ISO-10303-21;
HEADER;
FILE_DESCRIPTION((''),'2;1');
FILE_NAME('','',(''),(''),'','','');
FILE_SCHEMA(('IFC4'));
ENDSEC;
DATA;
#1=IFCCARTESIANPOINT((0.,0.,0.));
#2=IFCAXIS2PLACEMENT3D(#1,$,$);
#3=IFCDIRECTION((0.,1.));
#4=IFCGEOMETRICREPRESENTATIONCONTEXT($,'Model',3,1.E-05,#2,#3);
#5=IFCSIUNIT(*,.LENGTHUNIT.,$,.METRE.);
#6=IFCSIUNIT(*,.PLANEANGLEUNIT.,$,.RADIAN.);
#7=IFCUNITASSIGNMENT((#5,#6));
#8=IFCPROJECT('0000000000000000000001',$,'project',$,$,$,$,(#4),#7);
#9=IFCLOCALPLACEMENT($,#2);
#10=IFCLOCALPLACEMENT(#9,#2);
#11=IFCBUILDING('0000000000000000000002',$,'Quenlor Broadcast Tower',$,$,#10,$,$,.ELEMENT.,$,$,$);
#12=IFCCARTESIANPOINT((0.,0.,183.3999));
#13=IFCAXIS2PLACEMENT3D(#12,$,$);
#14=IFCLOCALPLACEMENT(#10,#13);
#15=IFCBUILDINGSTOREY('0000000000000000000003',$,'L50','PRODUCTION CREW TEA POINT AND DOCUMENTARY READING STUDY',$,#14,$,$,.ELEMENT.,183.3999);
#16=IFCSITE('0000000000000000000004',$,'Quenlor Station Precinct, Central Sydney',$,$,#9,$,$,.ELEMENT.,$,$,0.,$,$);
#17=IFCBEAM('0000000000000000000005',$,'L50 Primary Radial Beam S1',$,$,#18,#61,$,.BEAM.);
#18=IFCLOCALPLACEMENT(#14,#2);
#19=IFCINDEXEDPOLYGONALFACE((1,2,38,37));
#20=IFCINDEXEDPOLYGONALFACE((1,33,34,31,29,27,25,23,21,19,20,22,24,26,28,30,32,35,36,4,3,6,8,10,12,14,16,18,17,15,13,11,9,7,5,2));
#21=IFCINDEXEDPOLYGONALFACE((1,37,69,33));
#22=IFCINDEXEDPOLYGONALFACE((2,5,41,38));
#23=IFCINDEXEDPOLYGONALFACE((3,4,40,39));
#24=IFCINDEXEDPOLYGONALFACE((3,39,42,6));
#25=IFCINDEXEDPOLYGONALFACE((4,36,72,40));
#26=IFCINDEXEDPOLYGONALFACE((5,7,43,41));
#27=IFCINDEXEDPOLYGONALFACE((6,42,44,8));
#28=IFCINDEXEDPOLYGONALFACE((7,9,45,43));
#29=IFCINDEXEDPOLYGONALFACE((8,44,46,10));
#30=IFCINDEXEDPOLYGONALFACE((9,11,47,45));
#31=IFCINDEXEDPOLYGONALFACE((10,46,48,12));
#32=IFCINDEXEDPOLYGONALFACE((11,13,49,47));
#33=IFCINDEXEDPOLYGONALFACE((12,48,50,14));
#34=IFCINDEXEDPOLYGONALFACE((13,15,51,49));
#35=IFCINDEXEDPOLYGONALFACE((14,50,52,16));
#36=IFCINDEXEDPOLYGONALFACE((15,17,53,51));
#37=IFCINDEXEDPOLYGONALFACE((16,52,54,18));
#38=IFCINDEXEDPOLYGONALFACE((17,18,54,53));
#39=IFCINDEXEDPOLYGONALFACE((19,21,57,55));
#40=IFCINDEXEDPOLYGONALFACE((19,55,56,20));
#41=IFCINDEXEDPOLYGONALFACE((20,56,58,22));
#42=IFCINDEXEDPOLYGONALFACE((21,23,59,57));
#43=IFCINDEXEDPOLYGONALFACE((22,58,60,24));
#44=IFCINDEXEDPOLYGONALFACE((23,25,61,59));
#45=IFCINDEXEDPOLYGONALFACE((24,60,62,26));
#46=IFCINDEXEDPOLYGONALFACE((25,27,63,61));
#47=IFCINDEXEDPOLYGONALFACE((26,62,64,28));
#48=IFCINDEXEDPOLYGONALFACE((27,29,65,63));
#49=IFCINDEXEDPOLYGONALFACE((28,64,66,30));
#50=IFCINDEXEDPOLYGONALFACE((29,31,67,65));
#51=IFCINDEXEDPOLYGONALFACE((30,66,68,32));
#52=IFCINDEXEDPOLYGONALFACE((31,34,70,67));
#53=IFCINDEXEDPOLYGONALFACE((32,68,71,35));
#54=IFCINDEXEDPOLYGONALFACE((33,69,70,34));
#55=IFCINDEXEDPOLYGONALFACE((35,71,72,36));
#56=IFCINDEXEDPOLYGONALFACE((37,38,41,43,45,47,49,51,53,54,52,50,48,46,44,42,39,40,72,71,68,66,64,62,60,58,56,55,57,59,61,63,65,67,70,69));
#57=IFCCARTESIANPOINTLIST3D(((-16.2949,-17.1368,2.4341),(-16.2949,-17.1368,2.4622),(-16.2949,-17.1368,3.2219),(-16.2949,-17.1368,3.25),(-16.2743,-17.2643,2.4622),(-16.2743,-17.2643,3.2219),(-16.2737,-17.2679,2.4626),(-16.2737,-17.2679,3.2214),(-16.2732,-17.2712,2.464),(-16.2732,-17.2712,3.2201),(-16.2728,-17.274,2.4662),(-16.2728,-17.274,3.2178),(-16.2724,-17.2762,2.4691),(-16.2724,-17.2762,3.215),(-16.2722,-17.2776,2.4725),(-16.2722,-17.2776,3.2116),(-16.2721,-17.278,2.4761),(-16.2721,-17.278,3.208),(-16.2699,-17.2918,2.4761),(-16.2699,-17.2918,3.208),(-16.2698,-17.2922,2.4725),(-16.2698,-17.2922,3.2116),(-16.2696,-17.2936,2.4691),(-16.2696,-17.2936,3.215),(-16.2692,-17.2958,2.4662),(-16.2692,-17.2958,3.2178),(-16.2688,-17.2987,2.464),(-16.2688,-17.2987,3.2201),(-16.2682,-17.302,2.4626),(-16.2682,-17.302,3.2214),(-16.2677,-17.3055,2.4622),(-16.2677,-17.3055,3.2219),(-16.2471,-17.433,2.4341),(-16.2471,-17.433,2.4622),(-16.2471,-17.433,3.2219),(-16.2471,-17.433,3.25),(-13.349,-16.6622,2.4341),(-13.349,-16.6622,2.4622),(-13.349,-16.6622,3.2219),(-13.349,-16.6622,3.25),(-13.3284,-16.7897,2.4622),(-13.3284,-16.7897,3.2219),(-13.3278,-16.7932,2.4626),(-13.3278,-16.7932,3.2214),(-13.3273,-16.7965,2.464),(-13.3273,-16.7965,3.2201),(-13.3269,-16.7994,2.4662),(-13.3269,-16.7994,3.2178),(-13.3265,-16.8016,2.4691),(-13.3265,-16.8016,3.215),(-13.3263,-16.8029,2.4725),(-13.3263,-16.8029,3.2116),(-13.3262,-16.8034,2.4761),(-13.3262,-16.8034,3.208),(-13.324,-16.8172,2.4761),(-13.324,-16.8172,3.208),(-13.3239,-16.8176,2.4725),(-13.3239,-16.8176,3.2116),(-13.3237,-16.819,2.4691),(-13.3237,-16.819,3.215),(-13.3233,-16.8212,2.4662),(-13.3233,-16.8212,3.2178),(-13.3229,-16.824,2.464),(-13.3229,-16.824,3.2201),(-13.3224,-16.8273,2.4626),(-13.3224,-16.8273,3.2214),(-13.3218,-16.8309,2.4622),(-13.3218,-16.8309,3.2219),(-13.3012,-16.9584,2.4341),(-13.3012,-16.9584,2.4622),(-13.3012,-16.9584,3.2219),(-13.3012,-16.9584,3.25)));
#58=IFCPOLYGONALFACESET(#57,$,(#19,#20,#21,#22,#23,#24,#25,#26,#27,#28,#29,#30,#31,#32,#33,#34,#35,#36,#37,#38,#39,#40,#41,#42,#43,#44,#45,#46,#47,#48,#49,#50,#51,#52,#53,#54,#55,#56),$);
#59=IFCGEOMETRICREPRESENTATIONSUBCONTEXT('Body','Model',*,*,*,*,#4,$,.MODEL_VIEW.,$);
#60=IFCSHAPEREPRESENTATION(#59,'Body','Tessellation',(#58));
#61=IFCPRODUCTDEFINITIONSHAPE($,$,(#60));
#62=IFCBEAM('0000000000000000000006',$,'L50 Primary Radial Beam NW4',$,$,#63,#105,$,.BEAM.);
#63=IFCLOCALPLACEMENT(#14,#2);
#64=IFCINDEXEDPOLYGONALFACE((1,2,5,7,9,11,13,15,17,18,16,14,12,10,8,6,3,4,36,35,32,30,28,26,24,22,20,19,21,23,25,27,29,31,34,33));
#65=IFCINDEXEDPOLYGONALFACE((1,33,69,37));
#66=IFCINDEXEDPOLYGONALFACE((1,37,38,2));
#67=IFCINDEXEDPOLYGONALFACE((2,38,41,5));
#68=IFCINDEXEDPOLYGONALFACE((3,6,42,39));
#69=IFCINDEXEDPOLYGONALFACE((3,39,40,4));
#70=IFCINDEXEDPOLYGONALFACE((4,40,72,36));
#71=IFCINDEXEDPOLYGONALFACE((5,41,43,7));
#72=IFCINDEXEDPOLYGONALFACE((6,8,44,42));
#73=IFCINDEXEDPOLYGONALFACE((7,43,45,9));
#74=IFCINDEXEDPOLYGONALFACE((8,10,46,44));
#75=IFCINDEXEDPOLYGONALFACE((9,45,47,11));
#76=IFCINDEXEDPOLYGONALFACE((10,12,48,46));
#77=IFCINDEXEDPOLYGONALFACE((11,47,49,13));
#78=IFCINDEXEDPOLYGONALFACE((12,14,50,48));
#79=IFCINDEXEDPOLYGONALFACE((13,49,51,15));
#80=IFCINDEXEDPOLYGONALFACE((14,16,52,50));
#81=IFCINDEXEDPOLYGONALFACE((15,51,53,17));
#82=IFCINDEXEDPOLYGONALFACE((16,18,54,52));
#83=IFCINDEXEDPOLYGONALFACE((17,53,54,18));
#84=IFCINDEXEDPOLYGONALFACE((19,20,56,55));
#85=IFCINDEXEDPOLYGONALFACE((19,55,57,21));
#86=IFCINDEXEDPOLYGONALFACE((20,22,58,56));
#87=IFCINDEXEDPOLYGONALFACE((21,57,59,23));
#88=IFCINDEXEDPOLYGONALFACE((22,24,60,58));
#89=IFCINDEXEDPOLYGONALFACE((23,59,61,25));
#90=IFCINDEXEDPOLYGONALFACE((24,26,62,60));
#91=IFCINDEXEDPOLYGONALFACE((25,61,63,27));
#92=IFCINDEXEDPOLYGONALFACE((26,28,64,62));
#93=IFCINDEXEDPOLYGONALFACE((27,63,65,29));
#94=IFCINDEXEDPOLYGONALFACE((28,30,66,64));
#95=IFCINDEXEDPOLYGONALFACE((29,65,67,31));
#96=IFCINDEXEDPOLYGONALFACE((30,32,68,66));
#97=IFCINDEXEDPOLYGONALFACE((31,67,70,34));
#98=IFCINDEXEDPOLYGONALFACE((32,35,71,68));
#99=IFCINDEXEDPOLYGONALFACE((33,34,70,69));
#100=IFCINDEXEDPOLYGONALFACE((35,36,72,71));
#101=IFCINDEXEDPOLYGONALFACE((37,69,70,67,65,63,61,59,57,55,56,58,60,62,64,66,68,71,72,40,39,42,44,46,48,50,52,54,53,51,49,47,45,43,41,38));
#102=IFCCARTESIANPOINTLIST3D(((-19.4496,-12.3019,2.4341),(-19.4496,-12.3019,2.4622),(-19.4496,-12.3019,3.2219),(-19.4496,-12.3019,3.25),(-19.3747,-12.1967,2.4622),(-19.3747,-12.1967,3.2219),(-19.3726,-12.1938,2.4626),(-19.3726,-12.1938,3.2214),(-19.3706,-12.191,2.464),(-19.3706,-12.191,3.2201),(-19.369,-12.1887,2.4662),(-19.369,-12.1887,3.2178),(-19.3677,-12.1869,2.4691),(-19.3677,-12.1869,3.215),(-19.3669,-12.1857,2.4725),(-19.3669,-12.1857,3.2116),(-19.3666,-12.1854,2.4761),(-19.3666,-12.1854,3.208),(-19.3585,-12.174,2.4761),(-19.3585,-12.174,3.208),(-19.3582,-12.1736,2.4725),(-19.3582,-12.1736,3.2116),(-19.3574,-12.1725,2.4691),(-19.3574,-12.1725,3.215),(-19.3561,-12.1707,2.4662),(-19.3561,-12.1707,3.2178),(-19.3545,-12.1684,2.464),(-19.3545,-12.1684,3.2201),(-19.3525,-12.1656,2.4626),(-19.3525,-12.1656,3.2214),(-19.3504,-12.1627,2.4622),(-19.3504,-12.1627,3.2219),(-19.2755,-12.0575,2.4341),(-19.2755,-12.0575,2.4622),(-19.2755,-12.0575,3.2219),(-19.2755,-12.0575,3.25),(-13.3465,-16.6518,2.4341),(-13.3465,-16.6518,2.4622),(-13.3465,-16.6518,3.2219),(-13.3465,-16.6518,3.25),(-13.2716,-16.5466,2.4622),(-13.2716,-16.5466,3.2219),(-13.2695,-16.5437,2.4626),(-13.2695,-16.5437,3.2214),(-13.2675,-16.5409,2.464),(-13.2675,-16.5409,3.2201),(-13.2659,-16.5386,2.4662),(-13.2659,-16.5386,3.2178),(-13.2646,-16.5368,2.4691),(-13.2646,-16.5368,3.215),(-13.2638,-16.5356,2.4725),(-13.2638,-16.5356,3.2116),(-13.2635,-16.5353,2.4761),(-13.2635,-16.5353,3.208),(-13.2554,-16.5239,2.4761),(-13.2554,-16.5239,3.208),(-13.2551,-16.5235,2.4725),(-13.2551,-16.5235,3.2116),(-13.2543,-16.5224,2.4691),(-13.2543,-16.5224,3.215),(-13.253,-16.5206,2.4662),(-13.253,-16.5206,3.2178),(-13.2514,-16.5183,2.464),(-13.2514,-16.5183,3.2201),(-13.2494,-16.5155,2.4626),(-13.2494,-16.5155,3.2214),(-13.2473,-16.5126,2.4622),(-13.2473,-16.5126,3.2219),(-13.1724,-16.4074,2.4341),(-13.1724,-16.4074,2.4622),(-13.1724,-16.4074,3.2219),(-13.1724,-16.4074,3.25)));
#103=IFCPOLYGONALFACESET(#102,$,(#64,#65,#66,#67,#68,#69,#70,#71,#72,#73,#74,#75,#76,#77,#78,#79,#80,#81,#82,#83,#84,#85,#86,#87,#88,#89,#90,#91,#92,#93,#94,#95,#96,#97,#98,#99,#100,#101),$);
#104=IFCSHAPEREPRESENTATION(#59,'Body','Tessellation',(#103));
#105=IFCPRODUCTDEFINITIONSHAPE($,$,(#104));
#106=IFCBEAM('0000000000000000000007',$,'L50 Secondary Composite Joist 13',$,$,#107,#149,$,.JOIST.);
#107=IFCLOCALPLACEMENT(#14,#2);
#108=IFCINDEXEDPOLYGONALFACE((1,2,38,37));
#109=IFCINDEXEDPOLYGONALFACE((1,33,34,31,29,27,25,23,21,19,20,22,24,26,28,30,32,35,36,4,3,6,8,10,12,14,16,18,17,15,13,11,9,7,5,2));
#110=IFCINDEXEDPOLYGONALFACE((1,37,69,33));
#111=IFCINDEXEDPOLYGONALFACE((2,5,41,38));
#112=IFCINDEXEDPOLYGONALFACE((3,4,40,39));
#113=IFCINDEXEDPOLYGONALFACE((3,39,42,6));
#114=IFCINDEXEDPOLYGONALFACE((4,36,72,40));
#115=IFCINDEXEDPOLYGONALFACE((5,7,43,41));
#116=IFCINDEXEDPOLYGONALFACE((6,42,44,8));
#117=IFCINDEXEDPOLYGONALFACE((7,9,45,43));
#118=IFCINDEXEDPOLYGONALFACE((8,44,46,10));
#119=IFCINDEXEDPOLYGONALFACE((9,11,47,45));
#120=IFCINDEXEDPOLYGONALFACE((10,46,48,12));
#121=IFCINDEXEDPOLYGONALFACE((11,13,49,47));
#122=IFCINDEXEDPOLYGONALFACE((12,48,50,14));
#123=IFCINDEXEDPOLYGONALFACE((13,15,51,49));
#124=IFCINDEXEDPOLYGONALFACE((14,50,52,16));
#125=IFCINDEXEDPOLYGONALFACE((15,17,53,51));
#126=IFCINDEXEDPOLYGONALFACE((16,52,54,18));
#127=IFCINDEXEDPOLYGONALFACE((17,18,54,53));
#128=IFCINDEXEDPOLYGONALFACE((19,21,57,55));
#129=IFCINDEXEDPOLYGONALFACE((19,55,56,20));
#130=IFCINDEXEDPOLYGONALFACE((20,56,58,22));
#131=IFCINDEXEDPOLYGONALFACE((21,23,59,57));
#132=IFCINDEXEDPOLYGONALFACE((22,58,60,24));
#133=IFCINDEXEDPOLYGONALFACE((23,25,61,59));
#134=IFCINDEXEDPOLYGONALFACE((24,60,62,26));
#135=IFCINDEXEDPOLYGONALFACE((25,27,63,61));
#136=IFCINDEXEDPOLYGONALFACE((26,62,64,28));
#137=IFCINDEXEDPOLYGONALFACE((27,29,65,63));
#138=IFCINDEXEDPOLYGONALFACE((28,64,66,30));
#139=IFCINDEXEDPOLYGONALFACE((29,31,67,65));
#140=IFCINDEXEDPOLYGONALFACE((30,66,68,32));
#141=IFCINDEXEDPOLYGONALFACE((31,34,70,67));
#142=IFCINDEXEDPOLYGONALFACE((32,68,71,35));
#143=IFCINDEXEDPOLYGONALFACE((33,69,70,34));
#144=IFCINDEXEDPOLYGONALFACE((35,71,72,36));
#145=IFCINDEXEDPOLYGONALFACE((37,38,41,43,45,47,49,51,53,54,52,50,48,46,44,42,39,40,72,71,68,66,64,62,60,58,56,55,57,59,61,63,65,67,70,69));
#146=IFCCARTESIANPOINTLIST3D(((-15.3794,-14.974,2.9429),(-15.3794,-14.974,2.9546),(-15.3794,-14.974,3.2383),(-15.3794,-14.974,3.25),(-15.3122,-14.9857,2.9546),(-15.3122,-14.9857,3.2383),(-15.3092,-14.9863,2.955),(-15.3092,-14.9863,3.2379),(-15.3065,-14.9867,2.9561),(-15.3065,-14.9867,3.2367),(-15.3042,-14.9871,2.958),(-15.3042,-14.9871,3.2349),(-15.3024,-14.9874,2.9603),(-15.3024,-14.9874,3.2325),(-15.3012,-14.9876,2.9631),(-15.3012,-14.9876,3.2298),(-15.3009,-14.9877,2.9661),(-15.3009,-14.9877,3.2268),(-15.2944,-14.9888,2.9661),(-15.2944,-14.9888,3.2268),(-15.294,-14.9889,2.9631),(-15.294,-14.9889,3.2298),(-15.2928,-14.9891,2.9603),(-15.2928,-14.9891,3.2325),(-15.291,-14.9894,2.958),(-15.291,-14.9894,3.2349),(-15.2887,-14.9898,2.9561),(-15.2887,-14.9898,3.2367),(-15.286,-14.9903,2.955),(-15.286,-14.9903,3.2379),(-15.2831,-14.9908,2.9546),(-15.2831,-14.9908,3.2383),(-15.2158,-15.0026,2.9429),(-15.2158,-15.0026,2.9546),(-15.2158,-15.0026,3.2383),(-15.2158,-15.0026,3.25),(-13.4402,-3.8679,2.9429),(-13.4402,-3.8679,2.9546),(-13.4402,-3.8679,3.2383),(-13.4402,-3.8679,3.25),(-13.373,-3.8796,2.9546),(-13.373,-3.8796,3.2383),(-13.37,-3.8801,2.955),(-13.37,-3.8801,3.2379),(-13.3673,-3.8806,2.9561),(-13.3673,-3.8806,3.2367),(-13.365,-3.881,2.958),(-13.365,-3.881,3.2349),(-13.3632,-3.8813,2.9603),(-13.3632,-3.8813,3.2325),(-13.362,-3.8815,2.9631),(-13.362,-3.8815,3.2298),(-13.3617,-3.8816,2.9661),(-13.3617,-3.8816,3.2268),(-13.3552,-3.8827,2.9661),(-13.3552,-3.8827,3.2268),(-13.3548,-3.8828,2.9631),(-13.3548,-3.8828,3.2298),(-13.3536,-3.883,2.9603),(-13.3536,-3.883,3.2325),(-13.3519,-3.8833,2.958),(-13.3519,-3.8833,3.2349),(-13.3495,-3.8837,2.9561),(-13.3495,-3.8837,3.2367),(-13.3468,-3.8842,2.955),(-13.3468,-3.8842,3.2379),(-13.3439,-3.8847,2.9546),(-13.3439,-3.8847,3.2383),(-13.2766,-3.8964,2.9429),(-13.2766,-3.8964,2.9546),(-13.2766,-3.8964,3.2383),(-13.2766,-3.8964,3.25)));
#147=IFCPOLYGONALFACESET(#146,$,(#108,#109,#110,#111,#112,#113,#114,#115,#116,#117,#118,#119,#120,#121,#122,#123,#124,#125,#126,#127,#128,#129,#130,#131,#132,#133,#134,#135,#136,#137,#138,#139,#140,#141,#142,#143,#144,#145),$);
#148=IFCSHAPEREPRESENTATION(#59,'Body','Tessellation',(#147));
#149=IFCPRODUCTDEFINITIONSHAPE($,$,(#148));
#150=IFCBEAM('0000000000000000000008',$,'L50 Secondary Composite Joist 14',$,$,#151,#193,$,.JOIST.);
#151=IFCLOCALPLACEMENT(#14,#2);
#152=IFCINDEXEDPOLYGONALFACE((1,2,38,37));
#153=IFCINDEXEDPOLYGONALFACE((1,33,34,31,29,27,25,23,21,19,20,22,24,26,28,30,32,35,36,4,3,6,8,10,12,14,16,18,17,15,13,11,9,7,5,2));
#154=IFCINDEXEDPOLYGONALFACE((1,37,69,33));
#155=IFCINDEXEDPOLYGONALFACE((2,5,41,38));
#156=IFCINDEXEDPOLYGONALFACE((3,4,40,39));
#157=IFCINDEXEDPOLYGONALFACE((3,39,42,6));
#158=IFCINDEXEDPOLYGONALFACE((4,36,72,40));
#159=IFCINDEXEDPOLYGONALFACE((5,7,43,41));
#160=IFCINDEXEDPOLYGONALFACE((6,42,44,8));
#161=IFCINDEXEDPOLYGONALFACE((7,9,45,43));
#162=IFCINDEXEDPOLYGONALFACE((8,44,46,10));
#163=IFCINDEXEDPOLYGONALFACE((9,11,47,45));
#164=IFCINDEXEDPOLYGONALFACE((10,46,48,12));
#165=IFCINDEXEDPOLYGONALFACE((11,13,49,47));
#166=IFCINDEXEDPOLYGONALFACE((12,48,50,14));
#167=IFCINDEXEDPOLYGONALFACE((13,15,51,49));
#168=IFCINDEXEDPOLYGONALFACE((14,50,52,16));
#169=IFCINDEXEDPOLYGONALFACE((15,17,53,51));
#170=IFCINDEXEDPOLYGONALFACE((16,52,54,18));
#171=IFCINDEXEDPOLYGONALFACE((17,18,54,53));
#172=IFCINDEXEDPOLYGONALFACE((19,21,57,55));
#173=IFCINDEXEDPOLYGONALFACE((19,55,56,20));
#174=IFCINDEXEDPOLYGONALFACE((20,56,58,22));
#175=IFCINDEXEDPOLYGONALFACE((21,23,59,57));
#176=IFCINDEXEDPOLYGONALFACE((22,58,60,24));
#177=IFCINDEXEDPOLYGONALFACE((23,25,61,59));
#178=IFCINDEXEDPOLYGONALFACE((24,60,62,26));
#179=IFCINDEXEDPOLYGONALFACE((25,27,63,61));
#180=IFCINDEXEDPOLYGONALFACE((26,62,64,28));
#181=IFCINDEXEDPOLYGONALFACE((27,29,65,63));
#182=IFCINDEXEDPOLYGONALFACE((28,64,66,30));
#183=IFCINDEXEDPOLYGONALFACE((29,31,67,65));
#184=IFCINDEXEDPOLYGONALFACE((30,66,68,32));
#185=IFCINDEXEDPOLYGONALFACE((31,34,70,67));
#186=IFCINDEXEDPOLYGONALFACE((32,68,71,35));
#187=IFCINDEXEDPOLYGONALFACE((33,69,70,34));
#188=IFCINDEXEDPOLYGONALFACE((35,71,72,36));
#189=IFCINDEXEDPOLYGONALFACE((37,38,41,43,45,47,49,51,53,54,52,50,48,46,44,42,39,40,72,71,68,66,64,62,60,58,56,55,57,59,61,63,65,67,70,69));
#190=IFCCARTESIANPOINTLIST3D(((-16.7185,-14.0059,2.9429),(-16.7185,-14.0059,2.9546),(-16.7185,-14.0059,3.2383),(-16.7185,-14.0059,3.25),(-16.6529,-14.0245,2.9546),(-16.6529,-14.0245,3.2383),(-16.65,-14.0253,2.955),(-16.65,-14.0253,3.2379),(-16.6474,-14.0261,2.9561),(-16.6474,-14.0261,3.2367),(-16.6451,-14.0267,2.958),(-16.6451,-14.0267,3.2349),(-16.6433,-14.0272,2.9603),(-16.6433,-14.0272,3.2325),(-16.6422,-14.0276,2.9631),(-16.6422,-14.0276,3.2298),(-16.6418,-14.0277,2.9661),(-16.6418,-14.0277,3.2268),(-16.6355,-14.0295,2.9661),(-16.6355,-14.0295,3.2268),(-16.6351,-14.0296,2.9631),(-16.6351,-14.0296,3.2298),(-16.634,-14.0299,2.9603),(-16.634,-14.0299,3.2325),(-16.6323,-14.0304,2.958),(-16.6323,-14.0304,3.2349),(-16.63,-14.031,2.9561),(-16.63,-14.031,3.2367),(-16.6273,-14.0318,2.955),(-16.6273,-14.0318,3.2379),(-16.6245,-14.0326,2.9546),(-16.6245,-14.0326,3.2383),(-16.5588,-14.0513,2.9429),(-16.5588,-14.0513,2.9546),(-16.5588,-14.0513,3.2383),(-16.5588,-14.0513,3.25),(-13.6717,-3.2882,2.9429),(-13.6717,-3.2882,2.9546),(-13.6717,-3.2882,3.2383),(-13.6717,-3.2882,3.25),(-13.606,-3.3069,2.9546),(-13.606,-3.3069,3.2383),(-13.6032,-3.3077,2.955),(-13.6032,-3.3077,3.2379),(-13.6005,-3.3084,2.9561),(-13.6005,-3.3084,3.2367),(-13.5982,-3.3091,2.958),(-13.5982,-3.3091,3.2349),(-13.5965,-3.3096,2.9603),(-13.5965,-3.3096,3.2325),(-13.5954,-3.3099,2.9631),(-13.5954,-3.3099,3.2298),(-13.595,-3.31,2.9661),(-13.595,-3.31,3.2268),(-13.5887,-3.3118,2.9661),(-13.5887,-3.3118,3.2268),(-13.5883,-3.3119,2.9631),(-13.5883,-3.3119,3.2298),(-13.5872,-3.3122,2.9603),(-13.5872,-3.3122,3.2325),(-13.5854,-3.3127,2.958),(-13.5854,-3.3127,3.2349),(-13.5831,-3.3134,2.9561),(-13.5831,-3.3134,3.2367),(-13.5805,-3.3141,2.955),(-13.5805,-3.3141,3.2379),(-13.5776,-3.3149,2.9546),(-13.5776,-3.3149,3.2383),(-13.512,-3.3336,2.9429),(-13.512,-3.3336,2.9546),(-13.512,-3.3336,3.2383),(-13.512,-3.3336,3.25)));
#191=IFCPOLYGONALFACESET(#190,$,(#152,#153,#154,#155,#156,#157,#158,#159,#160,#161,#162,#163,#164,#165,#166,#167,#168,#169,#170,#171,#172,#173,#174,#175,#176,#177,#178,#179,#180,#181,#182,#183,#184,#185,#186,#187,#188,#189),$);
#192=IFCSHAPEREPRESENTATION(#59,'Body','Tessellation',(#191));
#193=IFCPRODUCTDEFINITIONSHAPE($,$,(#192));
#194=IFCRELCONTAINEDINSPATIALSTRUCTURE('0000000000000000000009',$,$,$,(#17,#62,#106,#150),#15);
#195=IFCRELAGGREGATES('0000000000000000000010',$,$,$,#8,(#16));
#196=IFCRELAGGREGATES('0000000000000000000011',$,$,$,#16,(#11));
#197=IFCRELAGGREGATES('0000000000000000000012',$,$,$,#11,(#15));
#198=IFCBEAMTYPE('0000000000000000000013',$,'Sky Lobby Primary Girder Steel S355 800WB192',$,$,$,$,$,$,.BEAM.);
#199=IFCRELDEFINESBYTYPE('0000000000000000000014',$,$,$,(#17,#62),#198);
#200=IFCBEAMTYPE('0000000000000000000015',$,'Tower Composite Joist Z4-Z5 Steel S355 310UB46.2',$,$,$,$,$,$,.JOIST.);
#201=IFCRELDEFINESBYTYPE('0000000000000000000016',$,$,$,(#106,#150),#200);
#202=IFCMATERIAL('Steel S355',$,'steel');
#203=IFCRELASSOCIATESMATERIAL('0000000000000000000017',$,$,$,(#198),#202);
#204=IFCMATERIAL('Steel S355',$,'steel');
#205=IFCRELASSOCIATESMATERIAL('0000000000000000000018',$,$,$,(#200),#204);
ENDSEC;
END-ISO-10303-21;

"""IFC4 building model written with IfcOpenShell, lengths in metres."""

from ifc_helpers import new_model, si_unit, direction, frame, origin, origin_2d, place, context, subcontext, project, spatial, i_section, extrude, material, material_profile, profile_set, type_object, element, save


model = new_model("IFC4")

# Units and contexts
model_context = context("Model", 3, precision=1e-05, world=origin(), true_north=direction((0.0, 1.0)))
body_context = subcontext(model_context, "Body", "Model", "MODEL_VIEW")
ifc_project = project(units=[si_unit("LENGTHUNIT", "METRE"), si_unit("PLANEANGLEUNIT", "RADIAN")], contexts=[model_context])

# Site, building, storey
site_placement = place(None, origin())
site = spatial("IfcSite", under=ifc_project, at=site_placement, Name="Quenlor Station Precinct, Central Sydney", CompositionType="ELEMENT", RefElevation=0.0)
building_placement = place(site_placement, origin())
building = spatial("IfcBuilding", under=site, at=building_placement, Name="Quenlor Broadcast Tower", CompositionType="ELEMENT")
storey_placement = place(building_placement, frame((0.0, 0.0, 183.3999)))
storey = spatial("IfcBuildingStorey", under=building, at=storey_placement, Name="L50", Description="PRODUCTION CREW TEA POINT AND DOCUMENTARY READING STUDY", CompositionType="ELEMENT", Elevation=183.3999)

# Beams
ifc_material_1 = material(Name="Steel S355", Category="steel")
ifc_material_profile_1 = material_profile(ifc_material_1, i_section(OverallWidth=0.3, OverallDepth=0.8159, WebThickness=0.0139, FlangeThickness=0.0281, FilletRadius=0.0139, at=origin_2d()))
ifc_profile_set_1 = profile_set([ifc_material_profile_1], Name="Steel S355 800WB192")
beam_type_1 = type_object("IfcBeamType", Name="Sky Lobby Primary Girder Steel S355 800WB192", PredefinedType="BEAM", material=ifc_profile_set_1)
beam_1_placement = place(storey_placement, frame((-16.271, -17.2849, 2.842), z_axis=(0.987268, 0.159063, 0.0), x_axis=(-0.159063, 0.987268, 0.0)))
element("IfcBeam", 1, at=beam_1_placement, inside=storey, type_object=beam_type_1, Name="L50 Primary Radial Beam S1", PredefinedType="BEAM", context=body_context, shape_type="SweptSolid", body=[
    extrude(i_section(OverallWidth=0.3, OverallDepth=0.8159, WebThickness=0.0139, FlangeThickness=0.0281, FilletRadius=0.0139, at=origin_2d()), origin(), (0.0, 0.0, 1.0), 2.9839),
])
beam_2_placement = place(storey_placement, frame((-19.3625, -12.1797, 2.842), z_axis=(0.81433, -0.580403, 0.0), x_axis=(0.580403, 0.81433, 0.0)))
element("IfcBeam", 2, at=beam_2_placement, inside=storey, type_object=beam_type_1, Name="L50 Primary Radial Beam NW4", PredefinedType="BEAM", context=body_context, shape_type="SweptSolid", body=[
    extrude(i_section(OverallWidth=0.3, OverallDepth=0.8159, WebThickness=0.0139, FlangeThickness=0.0281, FilletRadius=0.0139, at=origin_2d()), origin(), (0.0, 0.0, 1.0), 7.4946),
])
ifc_material_2 = material(Name="Steel S355", Category="steel")
ifc_material_profile_2 = material_profile(ifc_material_2, i_section(OverallWidth=0.166, OverallDepth=0.3071, WebThickness=0.0066, FlangeThickness=0.0117, FilletRadius=0.0115, at=origin_2d()))
ifc_profile_set_2 = profile_set([ifc_material_profile_2], Name="Steel S355 310UB46.2")
beam_type_2 = type_object("IfcBeamType", Name="Tower Composite Joist Z4-Z5 Steel S355 310UB46.2", PredefinedType="JOIST", material=ifc_profile_set_2)
beam_3_placement = place(storey_placement, frame((-15.2976, -14.9883, 3.0964), z_axis=(0.172004, 0.985096, 0.0), x_axis=(-0.985096, 0.172004, 0.0)))
element("IfcBeam", 3, at=beam_3_placement, inside=storey, type_object=beam_type_2, Name="L50 Secondary Composite Joist 13", PredefinedType="JOIST", context=body_context, shape_type="SweptSolid", body=[
    extrude(i_section(OverallWidth=0.166, OverallDepth=0.3071, WebThickness=0.0066, FlangeThickness=0.0117, FilletRadius=0.0115, at=origin_2d()), origin(), (0.0, 0.0, 1.0), 11.2742),
])
beam_4_placement = place(storey_placement, frame((-16.6387, -14.0286, 3.0964), z_axis=(0.273448, 0.961887, 0.0), x_axis=(-0.961887, 0.273448, 0.0)))
element("IfcBeam", 4, at=beam_4_placement, inside=storey, type_object=beam_type_2, Name="L50 Secondary Composite Joist 14", PredefinedType="JOIST", context=body_context, shape_type="SweptSolid", body=[
    extrude(i_section(OverallWidth=0.166, OverallDepth=0.3071, WebThickness=0.0066, FlangeThickness=0.0117, FilletRadius=0.0115, at=origin_2d()), origin(), (0.0, 0.0, 1.0), 11.1423),
])

save(model, "model.ifc")
